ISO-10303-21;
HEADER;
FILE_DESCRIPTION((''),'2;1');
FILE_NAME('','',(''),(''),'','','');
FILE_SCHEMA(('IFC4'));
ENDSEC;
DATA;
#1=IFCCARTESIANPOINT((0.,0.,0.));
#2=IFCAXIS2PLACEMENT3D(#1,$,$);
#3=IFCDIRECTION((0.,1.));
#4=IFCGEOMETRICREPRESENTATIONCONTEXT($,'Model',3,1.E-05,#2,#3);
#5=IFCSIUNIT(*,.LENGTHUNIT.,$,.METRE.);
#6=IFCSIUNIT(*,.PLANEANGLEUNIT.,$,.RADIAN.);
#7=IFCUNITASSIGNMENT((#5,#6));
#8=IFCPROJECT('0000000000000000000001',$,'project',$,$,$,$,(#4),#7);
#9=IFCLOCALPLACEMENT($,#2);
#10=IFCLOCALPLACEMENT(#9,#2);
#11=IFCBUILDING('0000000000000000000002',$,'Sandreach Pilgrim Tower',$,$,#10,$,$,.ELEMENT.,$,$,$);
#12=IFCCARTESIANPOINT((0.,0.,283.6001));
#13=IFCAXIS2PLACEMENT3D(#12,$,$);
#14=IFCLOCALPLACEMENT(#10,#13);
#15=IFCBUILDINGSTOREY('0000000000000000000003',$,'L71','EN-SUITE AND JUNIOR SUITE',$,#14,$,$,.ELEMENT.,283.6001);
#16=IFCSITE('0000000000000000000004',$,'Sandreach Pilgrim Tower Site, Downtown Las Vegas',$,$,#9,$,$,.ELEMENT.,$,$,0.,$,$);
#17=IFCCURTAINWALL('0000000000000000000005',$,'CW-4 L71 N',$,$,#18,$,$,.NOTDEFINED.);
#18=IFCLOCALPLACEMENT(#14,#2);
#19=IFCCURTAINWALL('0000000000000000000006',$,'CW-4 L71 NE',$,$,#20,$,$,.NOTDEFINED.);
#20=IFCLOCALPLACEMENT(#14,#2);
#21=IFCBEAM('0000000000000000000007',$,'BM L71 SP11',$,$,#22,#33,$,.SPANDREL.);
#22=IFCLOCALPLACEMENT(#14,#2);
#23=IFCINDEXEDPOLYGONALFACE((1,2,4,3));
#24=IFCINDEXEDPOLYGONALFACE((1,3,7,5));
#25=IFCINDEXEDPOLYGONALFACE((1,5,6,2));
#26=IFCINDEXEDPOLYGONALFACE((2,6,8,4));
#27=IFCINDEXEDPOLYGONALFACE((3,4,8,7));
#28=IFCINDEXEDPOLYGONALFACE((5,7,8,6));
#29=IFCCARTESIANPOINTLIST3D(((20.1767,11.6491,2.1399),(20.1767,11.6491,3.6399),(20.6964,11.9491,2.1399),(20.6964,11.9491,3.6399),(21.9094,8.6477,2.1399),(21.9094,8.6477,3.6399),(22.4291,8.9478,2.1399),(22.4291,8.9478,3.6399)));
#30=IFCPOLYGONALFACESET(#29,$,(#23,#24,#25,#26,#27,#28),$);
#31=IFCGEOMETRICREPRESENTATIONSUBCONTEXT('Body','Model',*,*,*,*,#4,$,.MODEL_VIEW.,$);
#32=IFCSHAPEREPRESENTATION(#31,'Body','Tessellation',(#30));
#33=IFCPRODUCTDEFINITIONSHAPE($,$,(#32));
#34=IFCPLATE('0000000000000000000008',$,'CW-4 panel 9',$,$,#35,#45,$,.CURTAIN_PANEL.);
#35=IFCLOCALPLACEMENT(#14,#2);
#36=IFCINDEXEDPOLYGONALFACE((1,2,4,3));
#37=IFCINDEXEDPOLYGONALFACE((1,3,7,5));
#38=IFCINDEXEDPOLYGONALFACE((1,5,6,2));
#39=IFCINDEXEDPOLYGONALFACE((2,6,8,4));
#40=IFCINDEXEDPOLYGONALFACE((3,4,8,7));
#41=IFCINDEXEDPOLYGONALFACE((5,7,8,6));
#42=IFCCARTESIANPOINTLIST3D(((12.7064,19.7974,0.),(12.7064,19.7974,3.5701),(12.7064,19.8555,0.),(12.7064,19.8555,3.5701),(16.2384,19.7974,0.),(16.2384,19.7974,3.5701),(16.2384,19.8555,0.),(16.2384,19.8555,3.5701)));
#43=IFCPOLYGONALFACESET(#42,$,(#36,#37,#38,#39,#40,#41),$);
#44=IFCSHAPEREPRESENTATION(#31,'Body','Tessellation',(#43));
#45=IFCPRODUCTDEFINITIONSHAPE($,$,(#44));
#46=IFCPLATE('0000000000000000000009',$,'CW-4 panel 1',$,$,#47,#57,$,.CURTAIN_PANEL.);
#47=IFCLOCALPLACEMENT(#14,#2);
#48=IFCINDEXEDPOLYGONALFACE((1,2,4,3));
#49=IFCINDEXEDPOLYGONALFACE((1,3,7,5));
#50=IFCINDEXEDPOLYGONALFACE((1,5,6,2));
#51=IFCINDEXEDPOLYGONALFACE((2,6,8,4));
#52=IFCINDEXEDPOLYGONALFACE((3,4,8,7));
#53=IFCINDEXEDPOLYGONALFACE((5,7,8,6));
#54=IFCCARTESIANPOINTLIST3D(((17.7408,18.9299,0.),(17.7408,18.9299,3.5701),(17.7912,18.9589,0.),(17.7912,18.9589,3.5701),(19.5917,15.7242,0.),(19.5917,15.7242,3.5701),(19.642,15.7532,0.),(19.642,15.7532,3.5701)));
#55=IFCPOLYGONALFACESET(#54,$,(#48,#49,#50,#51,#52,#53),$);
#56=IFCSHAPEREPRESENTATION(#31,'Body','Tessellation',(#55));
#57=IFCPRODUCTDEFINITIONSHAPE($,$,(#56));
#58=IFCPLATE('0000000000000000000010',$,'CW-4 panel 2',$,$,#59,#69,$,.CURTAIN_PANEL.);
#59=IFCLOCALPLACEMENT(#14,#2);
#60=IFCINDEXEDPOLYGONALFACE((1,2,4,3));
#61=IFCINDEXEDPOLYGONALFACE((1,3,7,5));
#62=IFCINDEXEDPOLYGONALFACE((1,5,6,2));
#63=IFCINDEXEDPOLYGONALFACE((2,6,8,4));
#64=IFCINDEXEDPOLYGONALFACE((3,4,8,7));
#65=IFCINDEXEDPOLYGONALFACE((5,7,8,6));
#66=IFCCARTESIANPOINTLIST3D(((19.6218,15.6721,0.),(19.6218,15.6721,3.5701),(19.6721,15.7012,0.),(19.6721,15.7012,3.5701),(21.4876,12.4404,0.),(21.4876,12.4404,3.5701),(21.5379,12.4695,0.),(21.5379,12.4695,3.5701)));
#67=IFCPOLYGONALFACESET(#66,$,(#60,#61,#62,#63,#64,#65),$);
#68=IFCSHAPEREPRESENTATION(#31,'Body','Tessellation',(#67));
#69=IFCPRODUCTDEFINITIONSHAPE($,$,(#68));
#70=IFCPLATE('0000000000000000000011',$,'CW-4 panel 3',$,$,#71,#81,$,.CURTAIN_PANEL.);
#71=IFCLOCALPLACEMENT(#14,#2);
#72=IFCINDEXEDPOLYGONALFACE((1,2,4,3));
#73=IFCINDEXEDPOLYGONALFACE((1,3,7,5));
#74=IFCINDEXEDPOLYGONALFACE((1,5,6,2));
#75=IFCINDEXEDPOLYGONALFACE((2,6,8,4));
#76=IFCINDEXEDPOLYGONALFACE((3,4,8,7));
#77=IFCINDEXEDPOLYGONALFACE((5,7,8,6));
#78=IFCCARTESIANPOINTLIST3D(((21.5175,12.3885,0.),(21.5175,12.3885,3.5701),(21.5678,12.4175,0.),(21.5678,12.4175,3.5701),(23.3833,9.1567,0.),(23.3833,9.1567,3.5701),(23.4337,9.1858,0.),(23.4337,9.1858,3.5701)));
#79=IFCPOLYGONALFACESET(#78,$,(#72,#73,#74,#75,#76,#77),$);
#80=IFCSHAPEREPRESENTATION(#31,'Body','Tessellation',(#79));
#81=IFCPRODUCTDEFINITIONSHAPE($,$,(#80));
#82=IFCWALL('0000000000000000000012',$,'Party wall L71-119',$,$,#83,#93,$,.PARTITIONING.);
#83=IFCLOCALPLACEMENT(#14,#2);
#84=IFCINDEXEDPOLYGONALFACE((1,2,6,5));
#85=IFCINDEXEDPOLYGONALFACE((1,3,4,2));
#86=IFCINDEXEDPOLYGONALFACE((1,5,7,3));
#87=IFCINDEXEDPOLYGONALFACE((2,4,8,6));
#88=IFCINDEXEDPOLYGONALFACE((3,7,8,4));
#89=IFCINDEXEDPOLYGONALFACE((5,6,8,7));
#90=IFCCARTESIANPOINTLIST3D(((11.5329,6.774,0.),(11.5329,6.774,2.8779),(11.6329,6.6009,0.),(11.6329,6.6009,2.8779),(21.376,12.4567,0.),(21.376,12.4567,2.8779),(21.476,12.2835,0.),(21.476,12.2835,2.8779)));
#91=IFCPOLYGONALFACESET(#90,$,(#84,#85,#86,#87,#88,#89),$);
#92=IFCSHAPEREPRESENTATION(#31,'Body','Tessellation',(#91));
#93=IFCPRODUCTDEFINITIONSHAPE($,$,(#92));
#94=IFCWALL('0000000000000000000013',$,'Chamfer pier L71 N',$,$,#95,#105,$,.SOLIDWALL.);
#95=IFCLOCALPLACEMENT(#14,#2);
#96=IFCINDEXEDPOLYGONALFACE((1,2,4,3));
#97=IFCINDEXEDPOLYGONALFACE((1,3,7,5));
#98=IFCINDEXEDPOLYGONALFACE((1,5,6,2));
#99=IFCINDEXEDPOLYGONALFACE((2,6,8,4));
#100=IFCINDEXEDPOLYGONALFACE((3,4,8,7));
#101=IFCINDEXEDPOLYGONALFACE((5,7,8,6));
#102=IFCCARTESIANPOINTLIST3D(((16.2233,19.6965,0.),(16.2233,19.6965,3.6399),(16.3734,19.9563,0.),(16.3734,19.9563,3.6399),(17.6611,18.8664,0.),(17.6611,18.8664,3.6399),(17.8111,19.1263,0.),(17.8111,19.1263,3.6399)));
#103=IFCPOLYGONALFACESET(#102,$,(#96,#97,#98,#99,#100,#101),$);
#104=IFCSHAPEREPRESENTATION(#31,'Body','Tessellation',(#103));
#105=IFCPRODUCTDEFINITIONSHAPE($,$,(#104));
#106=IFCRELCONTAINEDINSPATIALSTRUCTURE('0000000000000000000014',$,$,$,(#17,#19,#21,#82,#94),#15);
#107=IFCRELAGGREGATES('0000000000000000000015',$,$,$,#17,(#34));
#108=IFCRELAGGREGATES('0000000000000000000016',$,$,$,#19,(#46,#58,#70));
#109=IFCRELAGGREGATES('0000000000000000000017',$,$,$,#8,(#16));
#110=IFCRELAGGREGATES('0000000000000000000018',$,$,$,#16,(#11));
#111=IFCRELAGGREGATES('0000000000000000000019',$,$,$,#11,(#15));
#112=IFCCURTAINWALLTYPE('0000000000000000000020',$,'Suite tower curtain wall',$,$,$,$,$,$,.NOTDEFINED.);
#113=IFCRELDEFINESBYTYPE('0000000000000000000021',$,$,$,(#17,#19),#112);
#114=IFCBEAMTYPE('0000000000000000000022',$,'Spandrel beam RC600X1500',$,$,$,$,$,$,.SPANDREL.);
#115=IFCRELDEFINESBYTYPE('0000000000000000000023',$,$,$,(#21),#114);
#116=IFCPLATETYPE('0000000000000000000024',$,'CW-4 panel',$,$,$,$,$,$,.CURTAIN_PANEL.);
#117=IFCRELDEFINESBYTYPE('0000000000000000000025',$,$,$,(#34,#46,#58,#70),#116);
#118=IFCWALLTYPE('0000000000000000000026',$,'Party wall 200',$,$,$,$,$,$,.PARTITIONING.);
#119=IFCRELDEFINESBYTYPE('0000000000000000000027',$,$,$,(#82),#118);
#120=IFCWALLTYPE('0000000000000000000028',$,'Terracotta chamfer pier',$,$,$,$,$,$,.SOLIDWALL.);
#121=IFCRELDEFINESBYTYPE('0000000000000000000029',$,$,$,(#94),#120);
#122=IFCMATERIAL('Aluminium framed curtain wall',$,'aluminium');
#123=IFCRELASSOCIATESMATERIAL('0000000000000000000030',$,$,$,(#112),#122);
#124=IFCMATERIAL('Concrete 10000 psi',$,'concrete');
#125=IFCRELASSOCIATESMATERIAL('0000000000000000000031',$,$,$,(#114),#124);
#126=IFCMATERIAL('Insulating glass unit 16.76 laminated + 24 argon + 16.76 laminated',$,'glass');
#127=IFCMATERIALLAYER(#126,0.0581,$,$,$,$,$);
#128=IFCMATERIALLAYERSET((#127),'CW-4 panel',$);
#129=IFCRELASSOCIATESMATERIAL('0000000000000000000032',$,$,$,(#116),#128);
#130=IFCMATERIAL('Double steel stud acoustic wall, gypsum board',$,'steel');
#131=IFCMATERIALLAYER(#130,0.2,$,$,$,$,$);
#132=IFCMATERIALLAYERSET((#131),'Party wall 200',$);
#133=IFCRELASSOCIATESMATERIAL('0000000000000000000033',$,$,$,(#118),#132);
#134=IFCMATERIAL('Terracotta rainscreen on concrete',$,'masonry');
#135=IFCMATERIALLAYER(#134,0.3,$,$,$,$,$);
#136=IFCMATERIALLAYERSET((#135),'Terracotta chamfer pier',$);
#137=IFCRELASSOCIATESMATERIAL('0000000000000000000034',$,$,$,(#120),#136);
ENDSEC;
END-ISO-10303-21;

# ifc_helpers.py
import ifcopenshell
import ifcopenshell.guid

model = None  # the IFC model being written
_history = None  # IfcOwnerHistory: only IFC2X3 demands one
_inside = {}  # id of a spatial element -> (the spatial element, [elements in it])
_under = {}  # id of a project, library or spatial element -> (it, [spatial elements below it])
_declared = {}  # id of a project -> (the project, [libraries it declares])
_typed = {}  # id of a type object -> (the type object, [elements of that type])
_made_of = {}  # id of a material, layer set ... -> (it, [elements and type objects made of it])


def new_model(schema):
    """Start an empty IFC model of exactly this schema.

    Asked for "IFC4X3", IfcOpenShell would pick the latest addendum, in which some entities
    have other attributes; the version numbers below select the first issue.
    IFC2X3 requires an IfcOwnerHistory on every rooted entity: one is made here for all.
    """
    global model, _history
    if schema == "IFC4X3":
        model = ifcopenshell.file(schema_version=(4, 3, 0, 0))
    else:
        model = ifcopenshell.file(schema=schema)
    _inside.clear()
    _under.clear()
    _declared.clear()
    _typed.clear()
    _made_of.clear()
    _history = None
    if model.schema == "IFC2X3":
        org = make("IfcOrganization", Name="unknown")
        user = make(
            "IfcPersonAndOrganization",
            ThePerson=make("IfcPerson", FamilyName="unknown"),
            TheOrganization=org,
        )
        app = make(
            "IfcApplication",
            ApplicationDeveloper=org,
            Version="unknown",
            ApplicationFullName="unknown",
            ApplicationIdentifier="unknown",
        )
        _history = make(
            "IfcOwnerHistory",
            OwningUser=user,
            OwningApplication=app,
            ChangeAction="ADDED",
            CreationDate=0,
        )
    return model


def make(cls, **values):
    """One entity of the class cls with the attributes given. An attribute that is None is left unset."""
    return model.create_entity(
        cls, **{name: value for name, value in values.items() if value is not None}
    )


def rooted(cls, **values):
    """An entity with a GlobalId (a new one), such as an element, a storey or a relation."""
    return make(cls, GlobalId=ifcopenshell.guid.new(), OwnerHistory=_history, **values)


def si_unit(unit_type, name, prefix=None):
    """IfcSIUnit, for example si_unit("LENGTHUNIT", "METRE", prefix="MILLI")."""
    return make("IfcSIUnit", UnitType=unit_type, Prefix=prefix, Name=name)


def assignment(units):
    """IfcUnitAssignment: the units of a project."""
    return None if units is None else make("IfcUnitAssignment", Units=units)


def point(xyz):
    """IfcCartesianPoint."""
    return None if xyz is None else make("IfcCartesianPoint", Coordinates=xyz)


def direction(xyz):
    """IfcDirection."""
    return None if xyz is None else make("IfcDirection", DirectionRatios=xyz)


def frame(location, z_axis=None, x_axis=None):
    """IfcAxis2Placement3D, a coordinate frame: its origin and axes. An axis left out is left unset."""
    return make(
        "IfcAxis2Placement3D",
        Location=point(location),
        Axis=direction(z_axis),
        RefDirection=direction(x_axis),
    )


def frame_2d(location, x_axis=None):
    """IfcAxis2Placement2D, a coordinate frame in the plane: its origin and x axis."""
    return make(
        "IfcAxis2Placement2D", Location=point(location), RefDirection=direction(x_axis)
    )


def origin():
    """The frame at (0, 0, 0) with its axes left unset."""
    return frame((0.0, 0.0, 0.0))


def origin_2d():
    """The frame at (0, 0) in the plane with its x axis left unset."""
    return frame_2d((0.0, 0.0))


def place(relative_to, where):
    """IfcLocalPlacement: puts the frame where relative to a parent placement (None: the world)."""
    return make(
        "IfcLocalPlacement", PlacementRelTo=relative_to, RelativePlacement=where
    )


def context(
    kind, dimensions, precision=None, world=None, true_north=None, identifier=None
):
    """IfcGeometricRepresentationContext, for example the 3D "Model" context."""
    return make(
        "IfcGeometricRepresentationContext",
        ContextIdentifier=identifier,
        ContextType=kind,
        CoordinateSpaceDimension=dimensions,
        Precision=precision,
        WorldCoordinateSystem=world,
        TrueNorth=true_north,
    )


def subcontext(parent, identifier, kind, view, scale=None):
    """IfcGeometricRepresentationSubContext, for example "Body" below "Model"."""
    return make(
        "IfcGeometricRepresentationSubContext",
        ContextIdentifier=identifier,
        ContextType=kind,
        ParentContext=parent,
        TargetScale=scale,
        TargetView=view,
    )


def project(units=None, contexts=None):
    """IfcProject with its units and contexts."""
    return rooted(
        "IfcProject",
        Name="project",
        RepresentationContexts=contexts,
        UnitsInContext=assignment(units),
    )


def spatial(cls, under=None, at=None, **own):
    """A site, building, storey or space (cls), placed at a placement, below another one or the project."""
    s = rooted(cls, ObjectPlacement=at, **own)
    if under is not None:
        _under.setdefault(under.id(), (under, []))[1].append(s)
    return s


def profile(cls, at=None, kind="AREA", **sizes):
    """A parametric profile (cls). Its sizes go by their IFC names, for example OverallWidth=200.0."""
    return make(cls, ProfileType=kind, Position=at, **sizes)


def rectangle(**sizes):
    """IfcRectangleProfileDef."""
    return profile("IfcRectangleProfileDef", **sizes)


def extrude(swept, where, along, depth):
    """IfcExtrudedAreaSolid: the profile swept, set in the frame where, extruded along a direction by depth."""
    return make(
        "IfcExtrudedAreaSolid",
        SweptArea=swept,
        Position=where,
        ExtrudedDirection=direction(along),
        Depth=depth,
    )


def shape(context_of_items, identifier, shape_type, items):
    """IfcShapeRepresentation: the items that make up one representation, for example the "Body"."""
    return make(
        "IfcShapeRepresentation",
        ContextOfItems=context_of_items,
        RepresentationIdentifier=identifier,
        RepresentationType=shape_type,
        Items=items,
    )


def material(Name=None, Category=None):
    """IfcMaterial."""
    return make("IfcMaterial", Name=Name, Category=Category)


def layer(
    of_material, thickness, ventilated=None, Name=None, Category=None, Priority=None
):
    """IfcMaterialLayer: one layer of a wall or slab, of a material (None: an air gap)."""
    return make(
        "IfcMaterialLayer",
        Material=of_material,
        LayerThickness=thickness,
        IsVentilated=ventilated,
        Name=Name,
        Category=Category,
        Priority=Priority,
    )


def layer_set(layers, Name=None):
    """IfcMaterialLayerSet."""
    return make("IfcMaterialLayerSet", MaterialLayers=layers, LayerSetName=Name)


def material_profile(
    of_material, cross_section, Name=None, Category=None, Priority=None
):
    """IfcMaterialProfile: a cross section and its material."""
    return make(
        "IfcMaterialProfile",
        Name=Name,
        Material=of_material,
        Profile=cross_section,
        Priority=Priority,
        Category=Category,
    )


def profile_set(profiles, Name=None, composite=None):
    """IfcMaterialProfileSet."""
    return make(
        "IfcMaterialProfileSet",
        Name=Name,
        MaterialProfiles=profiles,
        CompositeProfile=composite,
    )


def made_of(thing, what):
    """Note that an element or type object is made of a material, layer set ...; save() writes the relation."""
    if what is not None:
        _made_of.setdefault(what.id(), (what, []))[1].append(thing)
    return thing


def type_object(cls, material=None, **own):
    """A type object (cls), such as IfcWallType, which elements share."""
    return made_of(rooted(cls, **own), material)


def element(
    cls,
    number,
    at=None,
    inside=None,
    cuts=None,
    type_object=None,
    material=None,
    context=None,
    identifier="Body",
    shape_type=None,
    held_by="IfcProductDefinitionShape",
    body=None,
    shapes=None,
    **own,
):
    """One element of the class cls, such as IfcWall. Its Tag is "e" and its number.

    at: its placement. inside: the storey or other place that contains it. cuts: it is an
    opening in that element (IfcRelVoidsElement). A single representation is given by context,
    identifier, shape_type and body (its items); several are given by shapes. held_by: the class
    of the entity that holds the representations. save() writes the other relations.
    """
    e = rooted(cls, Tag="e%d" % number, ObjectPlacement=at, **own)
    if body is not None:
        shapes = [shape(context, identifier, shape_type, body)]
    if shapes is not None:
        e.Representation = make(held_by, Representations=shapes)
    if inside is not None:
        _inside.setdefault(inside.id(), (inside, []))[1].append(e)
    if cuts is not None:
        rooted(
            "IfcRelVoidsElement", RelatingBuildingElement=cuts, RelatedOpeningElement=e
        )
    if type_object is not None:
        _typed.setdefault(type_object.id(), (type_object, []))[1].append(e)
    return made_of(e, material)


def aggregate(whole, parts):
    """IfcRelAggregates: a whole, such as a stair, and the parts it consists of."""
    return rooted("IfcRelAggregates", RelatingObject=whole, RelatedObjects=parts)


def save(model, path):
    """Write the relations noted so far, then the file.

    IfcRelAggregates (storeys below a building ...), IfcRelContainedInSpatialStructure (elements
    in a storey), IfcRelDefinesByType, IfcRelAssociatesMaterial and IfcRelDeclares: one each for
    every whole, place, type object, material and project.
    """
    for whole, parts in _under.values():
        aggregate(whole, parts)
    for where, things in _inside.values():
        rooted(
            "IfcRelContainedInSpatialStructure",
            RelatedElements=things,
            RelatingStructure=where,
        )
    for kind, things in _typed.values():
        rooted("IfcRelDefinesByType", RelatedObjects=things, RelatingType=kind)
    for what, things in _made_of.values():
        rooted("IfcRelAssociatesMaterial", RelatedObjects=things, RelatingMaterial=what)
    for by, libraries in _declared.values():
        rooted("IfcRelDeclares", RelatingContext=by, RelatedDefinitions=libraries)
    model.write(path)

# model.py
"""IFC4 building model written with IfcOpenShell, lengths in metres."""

from ifc_helpers import new_model, si_unit, direction, frame, frame_2d, origin, origin_2d, place, context, subcontext, project, spatial, rectangle, extrude, material, layer, layer_set, material_profile, profile_set, type_object, element, aggregate, save


model = new_model("IFC4")

# Units and contexts
model_context = context("Model", 3, precision=1e-05, world=origin(), true_north=direction((0.0, 1.0)))
body_context = subcontext(model_context, "Body", "Model", "MODEL_VIEW")
ifc_project = project(units=[si_unit("LENGTHUNIT", "METRE"), si_unit("PLANEANGLEUNIT", "RADIAN")], contexts=[model_context])

# Site, building, storey
site_placement = place(None, origin())
site = spatial("IfcSite", under=ifc_project, at=site_placement, Name="Sandreach Pilgrim Tower Site, Downtown Las Vegas", CompositionType="ELEMENT", RefElevation=0.0)
building_placement = place(site_placement, origin())
building = spatial("IfcBuilding", under=site, at=building_placement, Name="Sandreach Pilgrim Tower", CompositionType="ELEMENT")
storey_placement = place(building_placement, frame((0.0, 0.0, 283.6001)))
storey = spatial("IfcBuildingStorey", under=building, at=storey_placement, Name="L71", Description="EN-SUITE AND JUNIOR SUITE", CompositionType="ELEMENT", Elevation=283.6001)

# Curtain wall
ifc_material_1 = material(Name="Aluminium framed curtain wall", Category="aluminium")
curtain_wall_type = type_object("IfcCurtainWallType", Name="Suite tower curtain wall", PredefinedType="NOTDEFINED", material=ifc_material_1)
curtain_wall_1_placement = place(storey_placement, origin())
curtain_wall_1 = element("IfcCurtainWall", 1, at=curtain_wall_1_placement, inside=storey, type_object=curtain_wall_type, Name="CW-4 L71 N", PredefinedType="NOTDEFINED")

# Curtain wall
curtain_wall_2_placement = place(storey_placement, origin())
curtain_wall_2 = element("IfcCurtainWall", 2, at=curtain_wall_2_placement, inside=storey, type_object=curtain_wall_type, Name="CW-4 L71 NE", PredefinedType="NOTDEFINED")

# Beam
ifc_material_2 = material(Name="Concrete 10000 psi", Category="concrete")
ifc_material_profile_1 = material_profile(ifc_material_2, rectangle(XDim=0.6001, YDim=1.5, at=origin_2d()), Name="RC600X1500")
ifc_profile_set_1 = profile_set([ifc_material_profile_1], Name="Concrete 10000 psi")
beam_type_1 = type_object("IfcBeamType", Name="Spandrel beam RC600X1500", PredefinedType="SPANDREL", material=ifc_profile_set_1)
for number, where, z_axis, x_axis, name in (
    (3, (20.4365, 11.7991, 2.8899), (0.499981, -0.866037, 0.0), (0.866037, 0.499981, 0.0), "BM L71 SP11"),
):
    element("IfcBeam", number, at=place(storey_placement, frame(where, z_axis=z_axis, x_axis=x_axis)), inside=storey, type_object=beam_type_1, Name=name, PredefinedType="SPANDREL", context=body_context, shape_type="SweptSolid", body=[
        extrude(rectangle(XDim=0.6001, YDim=1.5, at=origin_2d()), origin(), (0.0, 0.0, 1.0), 3.4656),
    ])

# Plates
ifc_material_3 = material(Name="Insulating glass unit 16.76 laminated + 24 argon + 16.76 laminated", Category="glass")
ifc_layer_1 = layer(ifc_material_3, 0.0581)
ifc_layer_set_1 = layer_set([ifc_layer_1], Name="CW-4 panel")
plate_type = type_object("IfcPlateType", Name="CW-4 panel", PredefinedType="CURTAIN_PANEL", material=ifc_layer_set_1)
plate_1_placement = place(storey_placement, frame((14.4724, 19.8264, 0.0), z_axis=(0.0, 0.0, 1.0), x_axis=(1.0, 0.0, 0.0)))
plate_1 = element("IfcPlate", 4, at=plate_1_placement, type_object=plate_type, Name="CW-4 panel 9", PredefinedType="CURTAIN_PANEL", context=body_context, shape_type="SweptSolid", body=[
    extrude(rectangle(XDim=3.532, YDim=0.0581, at=origin_2d()), origin(), (0.0, 0.0, 1.0), 3.5701),
])
aggregate(curtain_wall_1, [plate_1])
plate_2_placement = place(storey_placement, frame((18.6914, 17.3416, 0.0), z_axis=(0.0, 0.0, 1.0), x_axis=(0.5, -0.866025, 0.0)))
plate_2 = element("IfcPlate", 5, at=plate_2_placement, type_object=plate_type, Name="CW-4 panel 1", PredefinedType="CURTAIN_PANEL", context=body_context, shape_type="SweptSolid", body=[
    extrude(rectangle(XDim=3.7017, YDim=0.0581, at=origin_2d()), origin(), (0.0, 0.0, 1.0), 3.5701),
])
plate_3_placement = place(storey_placement, frame((20.5798, 14.0708, 0.0), z_axis=(0.0, 0.0, 1.0), x_axis=(0.5, -0.866025, 0.0)))
plate_3 = element("IfcPlate", 6, at=plate_3_placement, type_object=plate_type, Name="CW-4 panel 2", PredefinedType="CURTAIN_PANEL", context=body_context, shape_type="SweptSolid", body=[
    extrude(rectangle(XDim=3.7317, YDim=0.0581, at=origin_2d()), origin(), (0.0, 0.0, 1.0), 3.5701),
])
plate_4_placement = place(storey_placement, frame((22.4756, 10.7871, 0.0), z_axis=(0.0, 0.0, 1.0), x_axis=(0.5, -0.866025, 0.0)))
plate_4 = element("IfcPlate", 7, at=plate_4_placement, type_object=plate_type, Name="CW-4 panel 3", PredefinedType="CURTAIN_PANEL", context=body_context, shape_type="SweptSolid", body=[
    extrude(rectangle(XDim=3.7317, YDim=0.0581, at=origin_2d()), origin(), (0.0, 0.0, 1.0), 3.5701),
])
aggregate(curtain_wall_2, [plate_2, plate_3, plate_4])

# Walls
ifc_material_4 = material(Name="Double steel stud acoustic wall, gypsum board", Category="steel")
ifc_layer_2 = layer(ifc_material_4, 0.2)
ifc_layer_set_2 = layer_set([ifc_layer_2], Name="Party wall 200")
wall_type_1 = type_object("IfcWallType", Name="Party wall 200", PredefinedType="PARTITIONING", material=ifc_layer_set_2)
wall_1_placement = place(storey_placement, frame((21.426, 12.3701, 0.0), z_axis=(0.0, 0.0, 1.0), x_axis=(-0.866035, -0.499983, 0.0)))
element("IfcWall", 8, at=wall_1_placement, inside=storey, type_object=wall_type_1, Name="Party wall L71-119", PredefinedType="PARTITIONING", context=body_context, shape_type="SweptSolid", body=[
    extrude(rectangle(XDim=11.3657, YDim=0.2, at=frame_2d((5.6829, 0.0))), origin(), (0.0, 0.0, 1.0), 2.8779),
])
ifc_material_5 = material(Name="Terracotta rainscreen on concrete", Category="masonry")
ifc_layer_3 = layer(ifc_material_5, 0.3)
ifc_layer_set_3 = layer_set([ifc_layer_3], Name="Terracotta chamfer pier")
wall_type_2 = type_object("IfcWallType", Name="Terracotta chamfer pier", PredefinedType="SOLIDWALL", material=ifc_layer_set_3)
wall_2_placement = place(storey_placement, frame((16.2983, 19.8264, 0.0), z_axis=(0.0, 0.0, 1.0), x_axis=(0.866026, -0.499998, 0.0)))
element("IfcWall", 9, at=wall_2_placement, inside=storey, type_object=wall_type_2, Name="Chamfer pier L71 N", PredefinedType="SOLIDWALL", context=body_context, shape_type="SweptSolid", body=[
    extrude(rectangle(XDim=1.6602, YDim=0.3, at=frame_2d((0.8301, 0.0))), origin(), (0.0, 0.0, 1.0), 3.6399),
])

save(model, "model.ifc")
